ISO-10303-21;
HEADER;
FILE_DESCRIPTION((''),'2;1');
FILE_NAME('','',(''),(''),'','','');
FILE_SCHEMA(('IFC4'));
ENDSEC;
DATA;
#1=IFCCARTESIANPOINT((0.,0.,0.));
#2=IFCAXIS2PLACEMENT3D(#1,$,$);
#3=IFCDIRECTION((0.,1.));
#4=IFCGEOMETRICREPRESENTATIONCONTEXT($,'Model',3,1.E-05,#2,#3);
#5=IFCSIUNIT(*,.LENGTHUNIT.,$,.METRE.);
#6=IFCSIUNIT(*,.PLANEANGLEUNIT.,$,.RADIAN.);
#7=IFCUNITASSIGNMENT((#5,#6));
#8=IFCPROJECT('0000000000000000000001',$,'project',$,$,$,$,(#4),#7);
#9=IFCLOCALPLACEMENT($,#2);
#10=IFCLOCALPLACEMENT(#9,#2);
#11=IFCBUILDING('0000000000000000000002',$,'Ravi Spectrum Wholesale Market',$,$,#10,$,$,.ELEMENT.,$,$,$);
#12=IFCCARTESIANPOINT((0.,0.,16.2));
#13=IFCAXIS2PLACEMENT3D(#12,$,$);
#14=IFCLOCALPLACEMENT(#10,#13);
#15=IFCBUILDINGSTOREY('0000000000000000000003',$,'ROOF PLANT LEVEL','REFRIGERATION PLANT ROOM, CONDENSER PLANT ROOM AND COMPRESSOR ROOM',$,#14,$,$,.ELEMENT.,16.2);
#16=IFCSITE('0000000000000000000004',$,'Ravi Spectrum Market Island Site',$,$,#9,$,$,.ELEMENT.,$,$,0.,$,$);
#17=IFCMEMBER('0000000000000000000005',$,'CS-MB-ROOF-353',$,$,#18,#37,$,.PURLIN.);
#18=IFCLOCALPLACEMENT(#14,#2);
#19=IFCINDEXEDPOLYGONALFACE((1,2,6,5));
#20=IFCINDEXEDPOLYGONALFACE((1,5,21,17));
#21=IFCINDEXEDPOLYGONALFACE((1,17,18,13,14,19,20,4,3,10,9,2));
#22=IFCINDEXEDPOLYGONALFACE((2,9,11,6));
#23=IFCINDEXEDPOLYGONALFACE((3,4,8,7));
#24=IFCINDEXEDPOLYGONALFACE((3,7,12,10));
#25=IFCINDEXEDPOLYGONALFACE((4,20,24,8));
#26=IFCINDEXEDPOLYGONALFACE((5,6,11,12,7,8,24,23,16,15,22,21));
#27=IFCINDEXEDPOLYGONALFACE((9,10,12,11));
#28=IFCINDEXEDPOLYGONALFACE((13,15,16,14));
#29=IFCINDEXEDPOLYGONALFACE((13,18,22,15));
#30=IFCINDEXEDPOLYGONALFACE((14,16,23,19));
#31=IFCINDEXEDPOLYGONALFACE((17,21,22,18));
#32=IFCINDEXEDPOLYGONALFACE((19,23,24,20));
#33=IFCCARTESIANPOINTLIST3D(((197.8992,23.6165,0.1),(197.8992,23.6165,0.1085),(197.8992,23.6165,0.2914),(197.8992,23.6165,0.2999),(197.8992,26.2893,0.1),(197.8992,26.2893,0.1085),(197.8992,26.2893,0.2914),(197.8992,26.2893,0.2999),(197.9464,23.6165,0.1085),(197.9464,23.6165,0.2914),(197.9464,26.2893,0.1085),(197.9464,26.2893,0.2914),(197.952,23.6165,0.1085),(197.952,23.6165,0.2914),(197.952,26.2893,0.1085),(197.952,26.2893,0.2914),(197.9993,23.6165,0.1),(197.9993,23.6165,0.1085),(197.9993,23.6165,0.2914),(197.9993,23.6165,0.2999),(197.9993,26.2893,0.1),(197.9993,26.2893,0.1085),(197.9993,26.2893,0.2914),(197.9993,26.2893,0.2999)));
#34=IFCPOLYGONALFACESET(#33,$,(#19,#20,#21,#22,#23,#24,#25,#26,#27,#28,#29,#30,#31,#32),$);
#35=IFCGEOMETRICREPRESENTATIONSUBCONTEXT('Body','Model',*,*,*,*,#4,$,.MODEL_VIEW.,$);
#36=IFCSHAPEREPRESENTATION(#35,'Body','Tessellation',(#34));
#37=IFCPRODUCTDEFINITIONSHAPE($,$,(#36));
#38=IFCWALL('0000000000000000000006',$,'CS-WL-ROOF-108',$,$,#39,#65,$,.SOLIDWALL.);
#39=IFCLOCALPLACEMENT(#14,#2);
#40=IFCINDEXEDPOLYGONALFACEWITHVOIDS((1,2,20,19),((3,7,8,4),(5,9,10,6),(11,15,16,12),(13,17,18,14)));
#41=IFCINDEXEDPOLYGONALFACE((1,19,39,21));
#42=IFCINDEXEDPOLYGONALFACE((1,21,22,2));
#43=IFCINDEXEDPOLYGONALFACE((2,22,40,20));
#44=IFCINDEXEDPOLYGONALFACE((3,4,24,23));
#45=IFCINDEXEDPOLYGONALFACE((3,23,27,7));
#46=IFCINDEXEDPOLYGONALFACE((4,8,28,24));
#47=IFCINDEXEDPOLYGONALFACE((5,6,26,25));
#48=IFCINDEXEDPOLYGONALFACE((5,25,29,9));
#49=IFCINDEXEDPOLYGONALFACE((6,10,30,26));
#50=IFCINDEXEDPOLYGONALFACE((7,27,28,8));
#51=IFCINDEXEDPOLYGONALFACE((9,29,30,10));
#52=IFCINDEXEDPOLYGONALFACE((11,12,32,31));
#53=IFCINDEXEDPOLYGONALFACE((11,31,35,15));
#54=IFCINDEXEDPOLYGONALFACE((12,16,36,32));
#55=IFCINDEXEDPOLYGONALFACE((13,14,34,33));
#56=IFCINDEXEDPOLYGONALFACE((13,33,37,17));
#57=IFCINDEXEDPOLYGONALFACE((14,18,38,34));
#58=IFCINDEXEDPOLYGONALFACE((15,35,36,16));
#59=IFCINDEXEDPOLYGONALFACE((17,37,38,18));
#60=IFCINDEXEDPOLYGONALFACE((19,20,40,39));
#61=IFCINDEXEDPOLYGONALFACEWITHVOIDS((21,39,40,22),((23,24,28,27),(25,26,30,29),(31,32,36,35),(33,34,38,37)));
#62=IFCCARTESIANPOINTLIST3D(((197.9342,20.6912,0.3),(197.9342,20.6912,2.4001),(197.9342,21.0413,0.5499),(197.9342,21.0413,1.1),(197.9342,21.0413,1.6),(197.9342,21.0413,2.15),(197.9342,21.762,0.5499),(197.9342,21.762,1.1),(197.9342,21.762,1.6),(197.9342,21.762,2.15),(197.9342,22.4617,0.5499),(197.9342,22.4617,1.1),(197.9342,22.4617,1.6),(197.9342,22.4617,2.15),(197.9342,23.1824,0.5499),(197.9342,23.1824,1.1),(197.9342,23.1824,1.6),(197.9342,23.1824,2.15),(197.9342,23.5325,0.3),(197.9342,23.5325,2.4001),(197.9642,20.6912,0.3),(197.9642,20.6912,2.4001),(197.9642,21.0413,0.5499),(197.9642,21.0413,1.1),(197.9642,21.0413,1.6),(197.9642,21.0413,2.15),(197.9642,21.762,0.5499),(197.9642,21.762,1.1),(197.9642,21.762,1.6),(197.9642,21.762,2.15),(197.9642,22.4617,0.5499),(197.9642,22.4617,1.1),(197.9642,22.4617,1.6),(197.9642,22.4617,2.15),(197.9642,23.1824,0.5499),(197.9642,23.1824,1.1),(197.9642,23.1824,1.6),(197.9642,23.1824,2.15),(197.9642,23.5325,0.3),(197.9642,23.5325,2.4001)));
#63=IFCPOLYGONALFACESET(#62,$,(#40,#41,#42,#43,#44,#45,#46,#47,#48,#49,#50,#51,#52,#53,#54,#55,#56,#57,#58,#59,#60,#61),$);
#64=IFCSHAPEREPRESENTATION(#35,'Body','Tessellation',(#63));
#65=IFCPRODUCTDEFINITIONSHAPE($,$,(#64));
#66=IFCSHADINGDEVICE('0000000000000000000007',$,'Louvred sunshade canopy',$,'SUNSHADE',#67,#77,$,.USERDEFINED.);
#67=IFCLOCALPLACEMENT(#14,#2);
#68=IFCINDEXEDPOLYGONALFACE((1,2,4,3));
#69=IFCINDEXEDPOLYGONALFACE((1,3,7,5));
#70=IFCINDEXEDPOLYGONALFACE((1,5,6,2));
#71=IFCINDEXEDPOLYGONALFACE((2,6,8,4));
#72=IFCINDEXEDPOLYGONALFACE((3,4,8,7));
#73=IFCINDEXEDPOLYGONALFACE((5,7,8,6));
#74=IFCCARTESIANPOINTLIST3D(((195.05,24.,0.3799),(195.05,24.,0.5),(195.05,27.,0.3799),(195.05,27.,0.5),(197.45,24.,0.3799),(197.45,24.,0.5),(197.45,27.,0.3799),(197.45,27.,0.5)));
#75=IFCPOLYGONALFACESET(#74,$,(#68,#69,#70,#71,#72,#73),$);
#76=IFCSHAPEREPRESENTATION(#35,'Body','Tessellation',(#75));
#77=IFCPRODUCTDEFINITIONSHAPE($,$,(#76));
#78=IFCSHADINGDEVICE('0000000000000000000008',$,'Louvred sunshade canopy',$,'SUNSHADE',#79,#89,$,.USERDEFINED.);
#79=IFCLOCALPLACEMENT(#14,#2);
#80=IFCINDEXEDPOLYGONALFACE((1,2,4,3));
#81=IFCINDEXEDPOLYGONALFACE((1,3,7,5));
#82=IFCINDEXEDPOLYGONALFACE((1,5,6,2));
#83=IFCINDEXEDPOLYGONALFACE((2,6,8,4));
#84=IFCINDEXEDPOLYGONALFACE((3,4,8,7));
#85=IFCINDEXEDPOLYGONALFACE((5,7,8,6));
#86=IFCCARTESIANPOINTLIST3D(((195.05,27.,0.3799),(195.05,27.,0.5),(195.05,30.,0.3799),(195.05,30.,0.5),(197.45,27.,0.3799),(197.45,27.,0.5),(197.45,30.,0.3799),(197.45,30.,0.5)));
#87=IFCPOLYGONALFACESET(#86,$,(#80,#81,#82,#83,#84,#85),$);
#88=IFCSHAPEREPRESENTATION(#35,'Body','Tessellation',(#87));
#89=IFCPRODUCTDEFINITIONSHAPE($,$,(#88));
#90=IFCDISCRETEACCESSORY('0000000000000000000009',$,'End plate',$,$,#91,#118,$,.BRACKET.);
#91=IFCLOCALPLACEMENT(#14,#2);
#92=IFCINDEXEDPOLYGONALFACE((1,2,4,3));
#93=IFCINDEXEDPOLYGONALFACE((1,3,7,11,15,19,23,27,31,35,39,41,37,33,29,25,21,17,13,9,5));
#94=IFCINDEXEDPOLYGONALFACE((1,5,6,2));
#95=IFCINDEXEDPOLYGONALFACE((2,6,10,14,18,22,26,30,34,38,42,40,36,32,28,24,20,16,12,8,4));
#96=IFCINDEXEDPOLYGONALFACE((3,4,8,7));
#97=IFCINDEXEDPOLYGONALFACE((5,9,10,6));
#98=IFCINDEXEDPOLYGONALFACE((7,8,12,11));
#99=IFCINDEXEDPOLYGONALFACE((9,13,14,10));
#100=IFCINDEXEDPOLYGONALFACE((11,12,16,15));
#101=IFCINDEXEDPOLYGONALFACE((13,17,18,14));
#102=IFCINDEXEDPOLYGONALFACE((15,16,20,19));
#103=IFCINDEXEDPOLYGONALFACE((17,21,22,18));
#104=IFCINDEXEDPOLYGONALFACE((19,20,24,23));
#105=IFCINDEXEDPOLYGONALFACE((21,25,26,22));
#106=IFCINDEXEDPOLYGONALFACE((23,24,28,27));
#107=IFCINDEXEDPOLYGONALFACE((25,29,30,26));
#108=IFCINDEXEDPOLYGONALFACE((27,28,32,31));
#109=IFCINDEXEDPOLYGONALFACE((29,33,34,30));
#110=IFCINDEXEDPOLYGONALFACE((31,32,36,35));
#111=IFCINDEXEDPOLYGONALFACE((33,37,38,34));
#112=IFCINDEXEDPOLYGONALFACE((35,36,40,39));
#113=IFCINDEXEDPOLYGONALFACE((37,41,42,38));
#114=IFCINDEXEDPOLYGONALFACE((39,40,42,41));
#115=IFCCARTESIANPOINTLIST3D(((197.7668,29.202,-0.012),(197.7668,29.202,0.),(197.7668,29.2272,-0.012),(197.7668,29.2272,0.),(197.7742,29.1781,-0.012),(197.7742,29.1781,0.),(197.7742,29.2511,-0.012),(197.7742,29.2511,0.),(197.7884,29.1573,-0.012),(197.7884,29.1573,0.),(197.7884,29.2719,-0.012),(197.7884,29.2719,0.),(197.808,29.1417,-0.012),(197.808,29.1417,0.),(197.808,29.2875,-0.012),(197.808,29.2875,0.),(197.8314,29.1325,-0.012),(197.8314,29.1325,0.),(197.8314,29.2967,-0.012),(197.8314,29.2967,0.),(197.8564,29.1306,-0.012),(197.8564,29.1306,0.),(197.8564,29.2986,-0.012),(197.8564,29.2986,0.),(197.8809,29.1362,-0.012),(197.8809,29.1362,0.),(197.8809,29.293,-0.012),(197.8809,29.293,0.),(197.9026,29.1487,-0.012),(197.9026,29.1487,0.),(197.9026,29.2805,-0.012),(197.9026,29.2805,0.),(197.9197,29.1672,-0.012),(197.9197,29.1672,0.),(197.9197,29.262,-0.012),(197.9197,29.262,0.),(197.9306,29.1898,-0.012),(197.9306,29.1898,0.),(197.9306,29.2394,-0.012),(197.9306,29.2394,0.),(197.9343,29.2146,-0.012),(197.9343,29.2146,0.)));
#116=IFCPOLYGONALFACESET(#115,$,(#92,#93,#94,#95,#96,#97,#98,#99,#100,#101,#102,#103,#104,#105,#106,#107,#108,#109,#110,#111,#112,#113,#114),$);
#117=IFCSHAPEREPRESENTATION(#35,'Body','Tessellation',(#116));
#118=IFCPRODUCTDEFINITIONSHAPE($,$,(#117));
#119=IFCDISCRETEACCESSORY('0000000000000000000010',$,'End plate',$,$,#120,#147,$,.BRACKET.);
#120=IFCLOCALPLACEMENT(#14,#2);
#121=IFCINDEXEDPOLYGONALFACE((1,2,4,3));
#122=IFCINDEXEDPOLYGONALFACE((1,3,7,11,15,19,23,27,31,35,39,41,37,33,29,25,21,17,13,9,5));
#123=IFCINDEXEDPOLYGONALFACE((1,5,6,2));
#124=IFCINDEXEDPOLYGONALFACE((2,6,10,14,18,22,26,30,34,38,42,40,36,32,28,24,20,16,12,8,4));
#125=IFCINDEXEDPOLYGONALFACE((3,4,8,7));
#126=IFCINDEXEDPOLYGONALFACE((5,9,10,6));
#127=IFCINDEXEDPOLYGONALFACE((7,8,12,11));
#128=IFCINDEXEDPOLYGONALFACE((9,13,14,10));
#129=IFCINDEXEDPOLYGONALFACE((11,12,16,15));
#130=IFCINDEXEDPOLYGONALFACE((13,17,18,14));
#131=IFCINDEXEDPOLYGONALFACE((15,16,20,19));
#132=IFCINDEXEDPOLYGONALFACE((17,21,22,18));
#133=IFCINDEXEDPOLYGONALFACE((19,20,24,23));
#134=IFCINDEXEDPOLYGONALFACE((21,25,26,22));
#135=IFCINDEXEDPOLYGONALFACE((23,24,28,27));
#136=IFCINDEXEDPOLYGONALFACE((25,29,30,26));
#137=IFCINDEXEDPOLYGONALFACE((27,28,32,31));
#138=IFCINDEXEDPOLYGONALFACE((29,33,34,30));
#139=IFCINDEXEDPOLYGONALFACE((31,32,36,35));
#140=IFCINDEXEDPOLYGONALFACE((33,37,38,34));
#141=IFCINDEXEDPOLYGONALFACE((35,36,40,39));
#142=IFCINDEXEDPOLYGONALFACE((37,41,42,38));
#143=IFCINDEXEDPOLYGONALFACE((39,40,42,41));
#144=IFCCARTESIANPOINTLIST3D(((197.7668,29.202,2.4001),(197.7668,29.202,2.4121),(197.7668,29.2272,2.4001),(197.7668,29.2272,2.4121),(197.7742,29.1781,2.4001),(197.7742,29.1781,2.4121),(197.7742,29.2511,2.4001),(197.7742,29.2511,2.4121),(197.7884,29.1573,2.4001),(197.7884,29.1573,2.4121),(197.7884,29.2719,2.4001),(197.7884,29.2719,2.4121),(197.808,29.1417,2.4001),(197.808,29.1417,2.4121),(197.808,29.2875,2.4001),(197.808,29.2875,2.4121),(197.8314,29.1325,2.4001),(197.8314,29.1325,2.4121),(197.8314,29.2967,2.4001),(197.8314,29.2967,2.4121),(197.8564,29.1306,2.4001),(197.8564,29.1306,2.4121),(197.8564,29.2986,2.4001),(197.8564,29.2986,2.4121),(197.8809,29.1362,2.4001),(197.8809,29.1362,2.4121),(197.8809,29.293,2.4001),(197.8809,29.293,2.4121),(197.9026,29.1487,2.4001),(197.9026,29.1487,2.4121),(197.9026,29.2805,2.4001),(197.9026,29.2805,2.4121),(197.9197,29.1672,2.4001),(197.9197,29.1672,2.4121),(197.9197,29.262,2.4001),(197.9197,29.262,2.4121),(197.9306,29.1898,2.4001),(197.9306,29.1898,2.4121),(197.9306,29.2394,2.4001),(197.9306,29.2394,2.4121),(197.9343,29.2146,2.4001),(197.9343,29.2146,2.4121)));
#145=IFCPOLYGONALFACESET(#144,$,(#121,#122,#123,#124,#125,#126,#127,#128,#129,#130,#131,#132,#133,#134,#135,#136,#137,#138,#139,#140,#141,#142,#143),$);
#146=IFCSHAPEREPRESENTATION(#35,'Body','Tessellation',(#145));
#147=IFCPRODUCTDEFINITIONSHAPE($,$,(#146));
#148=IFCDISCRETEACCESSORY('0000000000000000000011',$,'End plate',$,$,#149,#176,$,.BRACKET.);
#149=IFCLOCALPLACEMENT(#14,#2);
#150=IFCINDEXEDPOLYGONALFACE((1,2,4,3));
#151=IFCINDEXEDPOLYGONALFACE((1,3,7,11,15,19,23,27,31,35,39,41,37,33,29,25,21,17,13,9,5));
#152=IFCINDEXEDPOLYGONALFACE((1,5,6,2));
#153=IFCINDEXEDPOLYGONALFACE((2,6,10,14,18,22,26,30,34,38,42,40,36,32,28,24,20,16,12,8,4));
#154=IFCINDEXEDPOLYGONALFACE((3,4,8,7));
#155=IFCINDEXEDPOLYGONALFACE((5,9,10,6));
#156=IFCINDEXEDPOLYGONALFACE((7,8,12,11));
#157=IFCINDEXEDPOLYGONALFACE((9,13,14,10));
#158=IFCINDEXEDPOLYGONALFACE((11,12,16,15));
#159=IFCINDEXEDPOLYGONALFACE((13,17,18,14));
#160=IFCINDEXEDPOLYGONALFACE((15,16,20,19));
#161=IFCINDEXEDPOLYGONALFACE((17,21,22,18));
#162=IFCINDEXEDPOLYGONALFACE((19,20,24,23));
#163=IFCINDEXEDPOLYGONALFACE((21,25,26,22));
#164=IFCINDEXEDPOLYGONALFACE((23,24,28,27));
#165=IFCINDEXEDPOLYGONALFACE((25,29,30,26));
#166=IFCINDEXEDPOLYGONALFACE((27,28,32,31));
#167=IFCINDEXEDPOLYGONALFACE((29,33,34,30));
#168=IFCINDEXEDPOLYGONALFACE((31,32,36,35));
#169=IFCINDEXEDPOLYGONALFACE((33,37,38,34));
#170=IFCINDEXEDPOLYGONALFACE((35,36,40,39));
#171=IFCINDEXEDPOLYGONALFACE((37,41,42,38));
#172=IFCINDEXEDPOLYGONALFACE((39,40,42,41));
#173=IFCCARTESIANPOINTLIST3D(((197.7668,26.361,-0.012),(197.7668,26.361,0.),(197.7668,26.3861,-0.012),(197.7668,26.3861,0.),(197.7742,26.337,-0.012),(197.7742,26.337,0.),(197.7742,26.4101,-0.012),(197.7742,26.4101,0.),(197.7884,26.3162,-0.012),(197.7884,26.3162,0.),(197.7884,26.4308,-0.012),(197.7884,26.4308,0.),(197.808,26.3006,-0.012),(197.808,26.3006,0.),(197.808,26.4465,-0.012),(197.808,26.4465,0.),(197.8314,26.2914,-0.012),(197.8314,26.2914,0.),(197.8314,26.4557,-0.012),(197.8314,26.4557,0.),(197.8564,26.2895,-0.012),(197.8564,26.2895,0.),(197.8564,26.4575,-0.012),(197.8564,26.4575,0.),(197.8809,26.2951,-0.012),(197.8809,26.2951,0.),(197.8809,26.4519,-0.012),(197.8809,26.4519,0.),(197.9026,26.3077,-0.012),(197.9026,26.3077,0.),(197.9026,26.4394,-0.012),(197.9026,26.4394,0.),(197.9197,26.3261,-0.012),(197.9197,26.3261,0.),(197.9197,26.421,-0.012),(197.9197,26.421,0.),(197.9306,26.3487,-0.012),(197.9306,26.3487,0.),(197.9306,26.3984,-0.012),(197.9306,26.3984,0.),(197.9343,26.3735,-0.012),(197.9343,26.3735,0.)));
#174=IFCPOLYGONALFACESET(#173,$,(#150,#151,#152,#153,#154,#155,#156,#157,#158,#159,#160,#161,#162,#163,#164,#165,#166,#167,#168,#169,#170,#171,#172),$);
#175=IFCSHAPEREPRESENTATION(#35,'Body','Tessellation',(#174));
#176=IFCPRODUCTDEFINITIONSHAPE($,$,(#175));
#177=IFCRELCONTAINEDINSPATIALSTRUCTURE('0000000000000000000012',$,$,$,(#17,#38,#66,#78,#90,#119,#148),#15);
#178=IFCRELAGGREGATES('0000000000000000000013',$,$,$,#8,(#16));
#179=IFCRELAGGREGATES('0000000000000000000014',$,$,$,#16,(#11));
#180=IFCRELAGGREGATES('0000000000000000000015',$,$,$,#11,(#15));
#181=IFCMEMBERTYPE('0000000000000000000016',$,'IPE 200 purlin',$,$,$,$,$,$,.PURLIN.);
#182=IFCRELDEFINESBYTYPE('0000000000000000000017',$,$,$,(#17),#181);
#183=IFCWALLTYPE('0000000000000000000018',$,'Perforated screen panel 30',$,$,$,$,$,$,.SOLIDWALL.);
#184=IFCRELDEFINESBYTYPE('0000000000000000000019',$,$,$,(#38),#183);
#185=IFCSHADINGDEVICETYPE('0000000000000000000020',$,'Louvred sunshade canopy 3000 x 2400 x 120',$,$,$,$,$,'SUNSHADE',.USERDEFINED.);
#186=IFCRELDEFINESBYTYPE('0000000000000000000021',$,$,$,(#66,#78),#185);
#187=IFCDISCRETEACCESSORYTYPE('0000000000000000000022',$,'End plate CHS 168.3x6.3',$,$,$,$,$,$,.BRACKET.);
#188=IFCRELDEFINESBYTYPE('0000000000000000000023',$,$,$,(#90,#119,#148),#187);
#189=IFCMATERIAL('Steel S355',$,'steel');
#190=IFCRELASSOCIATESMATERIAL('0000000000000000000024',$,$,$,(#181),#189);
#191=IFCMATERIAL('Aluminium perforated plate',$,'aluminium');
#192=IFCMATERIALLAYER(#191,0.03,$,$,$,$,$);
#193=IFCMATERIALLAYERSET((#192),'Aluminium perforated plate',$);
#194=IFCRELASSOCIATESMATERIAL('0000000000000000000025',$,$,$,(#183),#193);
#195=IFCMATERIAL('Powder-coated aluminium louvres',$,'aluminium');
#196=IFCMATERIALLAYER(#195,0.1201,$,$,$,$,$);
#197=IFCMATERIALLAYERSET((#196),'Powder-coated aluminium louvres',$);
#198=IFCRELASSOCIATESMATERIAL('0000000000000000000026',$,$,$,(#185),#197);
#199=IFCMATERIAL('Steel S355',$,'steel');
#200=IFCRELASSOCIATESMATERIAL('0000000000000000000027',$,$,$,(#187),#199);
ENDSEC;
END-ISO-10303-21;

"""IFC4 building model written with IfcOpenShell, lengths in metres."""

from ifc_helpers import new_model, si_unit, direction, frame, frame_2d, origin, origin_2d, place, context, subcontext, project, spatial, rectangle, circle, i_section, extrude, material, layer, layer_set, material_profile, profile_set, type_object, element, save


model = new_model("IFC4")

# Units and contexts
model_context = context("Model", 3, precision=1e-05, world=origin(), true_north=direction((0.0, 1.0)))
body_context = subcontext(model_context, "Body", "Model", "MODEL_VIEW")
ifc_project = project(units=[si_unit("LENGTHUNIT", "METRE"), si_unit("PLANEANGLEUNIT", "RADIAN")], contexts=[model_context])

# Site, building, storey
site_placement = place(None, origin())
site = spatial("IfcSite", under=ifc_project, at=site_placement, Name="Ravi Spectrum Market Island Site", CompositionType="ELEMENT", RefElevation=0.0)
building_placement = place(site_placement, origin())
building = spatial("IfcBuilding", under=site, at=building_placement, Name="Ravi Spectrum Wholesale Market", CompositionType="ELEMENT")
storey_placement = place(building_placement, frame((0.0, 0.0, 16.2)))
storey = spatial("IfcBuildingStorey", under=building, at=storey_placement, Name="ROOF PLANT LEVEL", Description="REFRIGERATION PLANT ROOM, CONDENSER PLANT ROOM AND COMPRESSOR ROOM", CompositionType="ELEMENT", Elevation=16.2)

# Member
ifc_material_1 = material(Name="Steel S355", Category="steel")
ifc_material_profile_1 = material_profile(ifc_material_1, i_section(OverallWidth=0.1001, OverallDepth=0.2, WebThickness=0.0056, FlangeThickness=0.0085, at=origin_2d()))
ifc_profile_set_1 = profile_set([ifc_material_profile_1], Name="Steel S355")
member_type_1 = type_object("IfcMemberType", Name="IPE 200 purlin", PredefinedType="PURLIN", material=ifc_profile_set_1)
for number, where, z_axis, x_axis, name in (
    (1, (197.9492, 26.2893, 0.2), (0.0, -1.0, 0.0), (1.0, 0.0, 0.0), "CS-MB-ROOF-353"),
):
    element("IfcMember", number, at=place(storey_placement, frame(where, z_axis=z_axis, x_axis=x_axis)), inside=storey, type_object=member_type_1, Name=name, PredefinedType="PURLIN", context=body_context, shape_type="SweptSolid", body=[
        extrude(i_section(OverallWidth=0.1001, OverallDepth=0.2, WebThickness=0.0056, FlangeThickness=0.0085, at=origin_2d()), origin(), (0.0, 0.0, 1.0), 2.6729),
    ])

# Wall, openings
ifc_material_2 = material(Name="Aluminium perforated plate", Category="aluminium")
ifc_layer_1 = layer(ifc_material_2, 0.03)
ifc_layer_set_1 = layer_set([ifc_layer_1], Name="Aluminium perforated plate")
wall_type = type_object("IfcWallType", Name="Perforated screen panel 30", PredefinedType="SOLIDWALL", material=ifc_layer_set_1)
wall_1_placement = place(storey_placement, frame((197.9492, 23.5325, 0.3), z_axis=(0.0, 0.0, 1.0), x_axis=(0.0, -1.0, 0.0)))
wall_1 = element("IfcWall", 2, at=wall_1_placement, inside=storey, type_object=wall_type, Name="CS-WL-ROOF-108", PredefinedType="SOLIDWALL", context=body_context, shape_type="SweptSolid", body=[
    extrude(rectangle(XDim=2.8413, YDim=0.03, at=frame_2d((1.4207, 0.0))), origin(), (0.0, 0.0, 1.0), 2.1001),
])
opening_1_placement = place(wall_1_placement, frame((0.3501, 0.0, 0.25)))
element("IfcOpeningElement", 3, at=opening_1_placement, cuts=wall_1, PredefinedType="OPENING", context=body_context, shape_type="SweptSolid", body=[
    extrude(rectangle(XDim=0.7207, YDim=0.55, at=frame_2d((0.3604, 0.2749))), frame((0.0, 0.0249, 0.0), z_axis=(0.0, -1.0, 0.0), x_axis=(1.0, 0.0, 0.0)), (0.0, 0.0, 1.0), 0.05),
])
opening_2_placement = place(wall_1_placement, frame((0.3501, 0.0, 1.3)))
element("IfcOpeningElement", 4, at=opening_2_placement, cuts=wall_1, PredefinedType="OPENING", context=body_context, shape_type="SweptSolid", body=[
    extrude(rectangle(XDim=0.7207, YDim=0.55, at=frame_2d((0.3604, 0.2749))), frame((0.0, 0.0249, 0.0), z_axis=(0.0, -1.0, 0.0), x_axis=(1.0, 0.0, 0.0)), (0.0, 0.0, 1.0), 0.05),
])
opening_3_placement = place(wall_1_placement, frame((1.7705, 0.0, 0.25)))
element("IfcOpeningElement", 5, at=opening_3_placement, cuts=wall_1, PredefinedType="OPENING", context=body_context, shape_type="SweptSolid", body=[
    extrude(rectangle(XDim=0.7207, YDim=0.55, at=frame_2d((0.3604, 0.2749))), frame((0.0, 0.0249, 0.0), z_axis=(0.0, -1.0, 0.0), x_axis=(1.0, 0.0, 0.0)), (0.0, 0.0, 1.0), 0.05),
])
opening_4_placement = place(wall_1_placement, frame((1.7705, 0.0, 1.3)))
element("IfcOpeningElement", 6, at=opening_4_placement, cuts=wall_1, PredefinedType="OPENING", context=body_context, shape_type="SweptSolid", body=[
    extrude(rectangle(XDim=0.7207, YDim=0.55, at=frame_2d((0.3604, 0.2749))), frame((0.0, 0.0249, 0.0), z_axis=(0.0, -1.0, 0.0), x_axis=(1.0, 0.0, 0.0)), (0.0, 0.0, 1.0), 0.05),
])

# Shading devices
ifc_material_3 = material(Name="Powder-coated aluminium louvres", Category="aluminium")
ifc_layer_2 = layer(ifc_material_3, 0.1201)
ifc_layer_set_2 = layer_set([ifc_layer_2], Name="Powder-coated aluminium louvres")
shading_device_type = type_object("IfcShadingDeviceType", Name="Louvred sunshade canopy 3000 x 2400 x 120", ElementType="SUNSHADE", PredefinedType="USERDEFINED", material=ifc_layer_set_2)
for number, where, z_axis, x_axis, name in (
    (7, (196.25, 25.5, 0.3799), (0.0, 0.0, 1.0), (1.0, 0.0, 0.0), "Louvred sunshade canopy"),
    (8, (196.25, 28.5, 0.3799), (0.0, 0.0, 1.0), (1.0, 0.0, 0.0), "Louvred sunshade canopy"),
):
    element("IfcShadingDevice", number, at=place(storey_placement, frame(where, z_axis=z_axis, x_axis=x_axis)), inside=storey, type_object=shading_device_type, Name=name, ObjectType="SUNSHADE", PredefinedType="USERDEFINED", context=body_context, shape_type="SweptSolid", body=[
        extrude(rectangle(XDim=2.3999, YDim=3.0, at=origin_2d()), origin(), (0.0, 0.0, 1.0), 0.1201),
    ])

# Discrete accessories
ifc_material_4 = material(Name="Steel S355", Category="steel")
ifc_material_profile_2 = material_profile(ifc_material_4, circle(Radius=0.0842, at=origin_2d()))
ifc_profile_set_2 = profile_set([ifc_material_profile_2], Name="Steel S355")
discrete_accessory_type_1 = type_object("IfcDiscreteAccessoryType", Name="End plate CHS 168.3x6.3", PredefinedType="BRACKET", material=ifc_profile_set_2)
for number, where, z_axis, x_axis, name in (
    (9, (197.8501, 29.2146, 0.0), (0.0, 0.0, -1.0), (1.0, 0.0, 0.0), "End plate"),
    (10, (197.8501, 29.2146, 2.4001), (0.0, 0.0, 1.0), (1.0, 0.0, 0.0), "End plate"),
    (11, (197.8501, 26.3735, 0.0), (0.0, 0.0, -1.0), (1.0, 0.0, 0.0), "End plate"),
):
    element("IfcDiscreteAccessory", number, at=place(storey_placement, frame(where, z_axis=z_axis, x_axis=x_axis)), inside=storey, type_object=discrete_accessory_type_1, Name=name, PredefinedType="BRACKET", context=body_context, shape_type="SweptSolid", body=[
        extrude(circle(Radius=0.0842, at=origin_2d()), origin(), (0.0, 0.0, 1.0), 0.012),
    ])

save(model, "model.ifc")
